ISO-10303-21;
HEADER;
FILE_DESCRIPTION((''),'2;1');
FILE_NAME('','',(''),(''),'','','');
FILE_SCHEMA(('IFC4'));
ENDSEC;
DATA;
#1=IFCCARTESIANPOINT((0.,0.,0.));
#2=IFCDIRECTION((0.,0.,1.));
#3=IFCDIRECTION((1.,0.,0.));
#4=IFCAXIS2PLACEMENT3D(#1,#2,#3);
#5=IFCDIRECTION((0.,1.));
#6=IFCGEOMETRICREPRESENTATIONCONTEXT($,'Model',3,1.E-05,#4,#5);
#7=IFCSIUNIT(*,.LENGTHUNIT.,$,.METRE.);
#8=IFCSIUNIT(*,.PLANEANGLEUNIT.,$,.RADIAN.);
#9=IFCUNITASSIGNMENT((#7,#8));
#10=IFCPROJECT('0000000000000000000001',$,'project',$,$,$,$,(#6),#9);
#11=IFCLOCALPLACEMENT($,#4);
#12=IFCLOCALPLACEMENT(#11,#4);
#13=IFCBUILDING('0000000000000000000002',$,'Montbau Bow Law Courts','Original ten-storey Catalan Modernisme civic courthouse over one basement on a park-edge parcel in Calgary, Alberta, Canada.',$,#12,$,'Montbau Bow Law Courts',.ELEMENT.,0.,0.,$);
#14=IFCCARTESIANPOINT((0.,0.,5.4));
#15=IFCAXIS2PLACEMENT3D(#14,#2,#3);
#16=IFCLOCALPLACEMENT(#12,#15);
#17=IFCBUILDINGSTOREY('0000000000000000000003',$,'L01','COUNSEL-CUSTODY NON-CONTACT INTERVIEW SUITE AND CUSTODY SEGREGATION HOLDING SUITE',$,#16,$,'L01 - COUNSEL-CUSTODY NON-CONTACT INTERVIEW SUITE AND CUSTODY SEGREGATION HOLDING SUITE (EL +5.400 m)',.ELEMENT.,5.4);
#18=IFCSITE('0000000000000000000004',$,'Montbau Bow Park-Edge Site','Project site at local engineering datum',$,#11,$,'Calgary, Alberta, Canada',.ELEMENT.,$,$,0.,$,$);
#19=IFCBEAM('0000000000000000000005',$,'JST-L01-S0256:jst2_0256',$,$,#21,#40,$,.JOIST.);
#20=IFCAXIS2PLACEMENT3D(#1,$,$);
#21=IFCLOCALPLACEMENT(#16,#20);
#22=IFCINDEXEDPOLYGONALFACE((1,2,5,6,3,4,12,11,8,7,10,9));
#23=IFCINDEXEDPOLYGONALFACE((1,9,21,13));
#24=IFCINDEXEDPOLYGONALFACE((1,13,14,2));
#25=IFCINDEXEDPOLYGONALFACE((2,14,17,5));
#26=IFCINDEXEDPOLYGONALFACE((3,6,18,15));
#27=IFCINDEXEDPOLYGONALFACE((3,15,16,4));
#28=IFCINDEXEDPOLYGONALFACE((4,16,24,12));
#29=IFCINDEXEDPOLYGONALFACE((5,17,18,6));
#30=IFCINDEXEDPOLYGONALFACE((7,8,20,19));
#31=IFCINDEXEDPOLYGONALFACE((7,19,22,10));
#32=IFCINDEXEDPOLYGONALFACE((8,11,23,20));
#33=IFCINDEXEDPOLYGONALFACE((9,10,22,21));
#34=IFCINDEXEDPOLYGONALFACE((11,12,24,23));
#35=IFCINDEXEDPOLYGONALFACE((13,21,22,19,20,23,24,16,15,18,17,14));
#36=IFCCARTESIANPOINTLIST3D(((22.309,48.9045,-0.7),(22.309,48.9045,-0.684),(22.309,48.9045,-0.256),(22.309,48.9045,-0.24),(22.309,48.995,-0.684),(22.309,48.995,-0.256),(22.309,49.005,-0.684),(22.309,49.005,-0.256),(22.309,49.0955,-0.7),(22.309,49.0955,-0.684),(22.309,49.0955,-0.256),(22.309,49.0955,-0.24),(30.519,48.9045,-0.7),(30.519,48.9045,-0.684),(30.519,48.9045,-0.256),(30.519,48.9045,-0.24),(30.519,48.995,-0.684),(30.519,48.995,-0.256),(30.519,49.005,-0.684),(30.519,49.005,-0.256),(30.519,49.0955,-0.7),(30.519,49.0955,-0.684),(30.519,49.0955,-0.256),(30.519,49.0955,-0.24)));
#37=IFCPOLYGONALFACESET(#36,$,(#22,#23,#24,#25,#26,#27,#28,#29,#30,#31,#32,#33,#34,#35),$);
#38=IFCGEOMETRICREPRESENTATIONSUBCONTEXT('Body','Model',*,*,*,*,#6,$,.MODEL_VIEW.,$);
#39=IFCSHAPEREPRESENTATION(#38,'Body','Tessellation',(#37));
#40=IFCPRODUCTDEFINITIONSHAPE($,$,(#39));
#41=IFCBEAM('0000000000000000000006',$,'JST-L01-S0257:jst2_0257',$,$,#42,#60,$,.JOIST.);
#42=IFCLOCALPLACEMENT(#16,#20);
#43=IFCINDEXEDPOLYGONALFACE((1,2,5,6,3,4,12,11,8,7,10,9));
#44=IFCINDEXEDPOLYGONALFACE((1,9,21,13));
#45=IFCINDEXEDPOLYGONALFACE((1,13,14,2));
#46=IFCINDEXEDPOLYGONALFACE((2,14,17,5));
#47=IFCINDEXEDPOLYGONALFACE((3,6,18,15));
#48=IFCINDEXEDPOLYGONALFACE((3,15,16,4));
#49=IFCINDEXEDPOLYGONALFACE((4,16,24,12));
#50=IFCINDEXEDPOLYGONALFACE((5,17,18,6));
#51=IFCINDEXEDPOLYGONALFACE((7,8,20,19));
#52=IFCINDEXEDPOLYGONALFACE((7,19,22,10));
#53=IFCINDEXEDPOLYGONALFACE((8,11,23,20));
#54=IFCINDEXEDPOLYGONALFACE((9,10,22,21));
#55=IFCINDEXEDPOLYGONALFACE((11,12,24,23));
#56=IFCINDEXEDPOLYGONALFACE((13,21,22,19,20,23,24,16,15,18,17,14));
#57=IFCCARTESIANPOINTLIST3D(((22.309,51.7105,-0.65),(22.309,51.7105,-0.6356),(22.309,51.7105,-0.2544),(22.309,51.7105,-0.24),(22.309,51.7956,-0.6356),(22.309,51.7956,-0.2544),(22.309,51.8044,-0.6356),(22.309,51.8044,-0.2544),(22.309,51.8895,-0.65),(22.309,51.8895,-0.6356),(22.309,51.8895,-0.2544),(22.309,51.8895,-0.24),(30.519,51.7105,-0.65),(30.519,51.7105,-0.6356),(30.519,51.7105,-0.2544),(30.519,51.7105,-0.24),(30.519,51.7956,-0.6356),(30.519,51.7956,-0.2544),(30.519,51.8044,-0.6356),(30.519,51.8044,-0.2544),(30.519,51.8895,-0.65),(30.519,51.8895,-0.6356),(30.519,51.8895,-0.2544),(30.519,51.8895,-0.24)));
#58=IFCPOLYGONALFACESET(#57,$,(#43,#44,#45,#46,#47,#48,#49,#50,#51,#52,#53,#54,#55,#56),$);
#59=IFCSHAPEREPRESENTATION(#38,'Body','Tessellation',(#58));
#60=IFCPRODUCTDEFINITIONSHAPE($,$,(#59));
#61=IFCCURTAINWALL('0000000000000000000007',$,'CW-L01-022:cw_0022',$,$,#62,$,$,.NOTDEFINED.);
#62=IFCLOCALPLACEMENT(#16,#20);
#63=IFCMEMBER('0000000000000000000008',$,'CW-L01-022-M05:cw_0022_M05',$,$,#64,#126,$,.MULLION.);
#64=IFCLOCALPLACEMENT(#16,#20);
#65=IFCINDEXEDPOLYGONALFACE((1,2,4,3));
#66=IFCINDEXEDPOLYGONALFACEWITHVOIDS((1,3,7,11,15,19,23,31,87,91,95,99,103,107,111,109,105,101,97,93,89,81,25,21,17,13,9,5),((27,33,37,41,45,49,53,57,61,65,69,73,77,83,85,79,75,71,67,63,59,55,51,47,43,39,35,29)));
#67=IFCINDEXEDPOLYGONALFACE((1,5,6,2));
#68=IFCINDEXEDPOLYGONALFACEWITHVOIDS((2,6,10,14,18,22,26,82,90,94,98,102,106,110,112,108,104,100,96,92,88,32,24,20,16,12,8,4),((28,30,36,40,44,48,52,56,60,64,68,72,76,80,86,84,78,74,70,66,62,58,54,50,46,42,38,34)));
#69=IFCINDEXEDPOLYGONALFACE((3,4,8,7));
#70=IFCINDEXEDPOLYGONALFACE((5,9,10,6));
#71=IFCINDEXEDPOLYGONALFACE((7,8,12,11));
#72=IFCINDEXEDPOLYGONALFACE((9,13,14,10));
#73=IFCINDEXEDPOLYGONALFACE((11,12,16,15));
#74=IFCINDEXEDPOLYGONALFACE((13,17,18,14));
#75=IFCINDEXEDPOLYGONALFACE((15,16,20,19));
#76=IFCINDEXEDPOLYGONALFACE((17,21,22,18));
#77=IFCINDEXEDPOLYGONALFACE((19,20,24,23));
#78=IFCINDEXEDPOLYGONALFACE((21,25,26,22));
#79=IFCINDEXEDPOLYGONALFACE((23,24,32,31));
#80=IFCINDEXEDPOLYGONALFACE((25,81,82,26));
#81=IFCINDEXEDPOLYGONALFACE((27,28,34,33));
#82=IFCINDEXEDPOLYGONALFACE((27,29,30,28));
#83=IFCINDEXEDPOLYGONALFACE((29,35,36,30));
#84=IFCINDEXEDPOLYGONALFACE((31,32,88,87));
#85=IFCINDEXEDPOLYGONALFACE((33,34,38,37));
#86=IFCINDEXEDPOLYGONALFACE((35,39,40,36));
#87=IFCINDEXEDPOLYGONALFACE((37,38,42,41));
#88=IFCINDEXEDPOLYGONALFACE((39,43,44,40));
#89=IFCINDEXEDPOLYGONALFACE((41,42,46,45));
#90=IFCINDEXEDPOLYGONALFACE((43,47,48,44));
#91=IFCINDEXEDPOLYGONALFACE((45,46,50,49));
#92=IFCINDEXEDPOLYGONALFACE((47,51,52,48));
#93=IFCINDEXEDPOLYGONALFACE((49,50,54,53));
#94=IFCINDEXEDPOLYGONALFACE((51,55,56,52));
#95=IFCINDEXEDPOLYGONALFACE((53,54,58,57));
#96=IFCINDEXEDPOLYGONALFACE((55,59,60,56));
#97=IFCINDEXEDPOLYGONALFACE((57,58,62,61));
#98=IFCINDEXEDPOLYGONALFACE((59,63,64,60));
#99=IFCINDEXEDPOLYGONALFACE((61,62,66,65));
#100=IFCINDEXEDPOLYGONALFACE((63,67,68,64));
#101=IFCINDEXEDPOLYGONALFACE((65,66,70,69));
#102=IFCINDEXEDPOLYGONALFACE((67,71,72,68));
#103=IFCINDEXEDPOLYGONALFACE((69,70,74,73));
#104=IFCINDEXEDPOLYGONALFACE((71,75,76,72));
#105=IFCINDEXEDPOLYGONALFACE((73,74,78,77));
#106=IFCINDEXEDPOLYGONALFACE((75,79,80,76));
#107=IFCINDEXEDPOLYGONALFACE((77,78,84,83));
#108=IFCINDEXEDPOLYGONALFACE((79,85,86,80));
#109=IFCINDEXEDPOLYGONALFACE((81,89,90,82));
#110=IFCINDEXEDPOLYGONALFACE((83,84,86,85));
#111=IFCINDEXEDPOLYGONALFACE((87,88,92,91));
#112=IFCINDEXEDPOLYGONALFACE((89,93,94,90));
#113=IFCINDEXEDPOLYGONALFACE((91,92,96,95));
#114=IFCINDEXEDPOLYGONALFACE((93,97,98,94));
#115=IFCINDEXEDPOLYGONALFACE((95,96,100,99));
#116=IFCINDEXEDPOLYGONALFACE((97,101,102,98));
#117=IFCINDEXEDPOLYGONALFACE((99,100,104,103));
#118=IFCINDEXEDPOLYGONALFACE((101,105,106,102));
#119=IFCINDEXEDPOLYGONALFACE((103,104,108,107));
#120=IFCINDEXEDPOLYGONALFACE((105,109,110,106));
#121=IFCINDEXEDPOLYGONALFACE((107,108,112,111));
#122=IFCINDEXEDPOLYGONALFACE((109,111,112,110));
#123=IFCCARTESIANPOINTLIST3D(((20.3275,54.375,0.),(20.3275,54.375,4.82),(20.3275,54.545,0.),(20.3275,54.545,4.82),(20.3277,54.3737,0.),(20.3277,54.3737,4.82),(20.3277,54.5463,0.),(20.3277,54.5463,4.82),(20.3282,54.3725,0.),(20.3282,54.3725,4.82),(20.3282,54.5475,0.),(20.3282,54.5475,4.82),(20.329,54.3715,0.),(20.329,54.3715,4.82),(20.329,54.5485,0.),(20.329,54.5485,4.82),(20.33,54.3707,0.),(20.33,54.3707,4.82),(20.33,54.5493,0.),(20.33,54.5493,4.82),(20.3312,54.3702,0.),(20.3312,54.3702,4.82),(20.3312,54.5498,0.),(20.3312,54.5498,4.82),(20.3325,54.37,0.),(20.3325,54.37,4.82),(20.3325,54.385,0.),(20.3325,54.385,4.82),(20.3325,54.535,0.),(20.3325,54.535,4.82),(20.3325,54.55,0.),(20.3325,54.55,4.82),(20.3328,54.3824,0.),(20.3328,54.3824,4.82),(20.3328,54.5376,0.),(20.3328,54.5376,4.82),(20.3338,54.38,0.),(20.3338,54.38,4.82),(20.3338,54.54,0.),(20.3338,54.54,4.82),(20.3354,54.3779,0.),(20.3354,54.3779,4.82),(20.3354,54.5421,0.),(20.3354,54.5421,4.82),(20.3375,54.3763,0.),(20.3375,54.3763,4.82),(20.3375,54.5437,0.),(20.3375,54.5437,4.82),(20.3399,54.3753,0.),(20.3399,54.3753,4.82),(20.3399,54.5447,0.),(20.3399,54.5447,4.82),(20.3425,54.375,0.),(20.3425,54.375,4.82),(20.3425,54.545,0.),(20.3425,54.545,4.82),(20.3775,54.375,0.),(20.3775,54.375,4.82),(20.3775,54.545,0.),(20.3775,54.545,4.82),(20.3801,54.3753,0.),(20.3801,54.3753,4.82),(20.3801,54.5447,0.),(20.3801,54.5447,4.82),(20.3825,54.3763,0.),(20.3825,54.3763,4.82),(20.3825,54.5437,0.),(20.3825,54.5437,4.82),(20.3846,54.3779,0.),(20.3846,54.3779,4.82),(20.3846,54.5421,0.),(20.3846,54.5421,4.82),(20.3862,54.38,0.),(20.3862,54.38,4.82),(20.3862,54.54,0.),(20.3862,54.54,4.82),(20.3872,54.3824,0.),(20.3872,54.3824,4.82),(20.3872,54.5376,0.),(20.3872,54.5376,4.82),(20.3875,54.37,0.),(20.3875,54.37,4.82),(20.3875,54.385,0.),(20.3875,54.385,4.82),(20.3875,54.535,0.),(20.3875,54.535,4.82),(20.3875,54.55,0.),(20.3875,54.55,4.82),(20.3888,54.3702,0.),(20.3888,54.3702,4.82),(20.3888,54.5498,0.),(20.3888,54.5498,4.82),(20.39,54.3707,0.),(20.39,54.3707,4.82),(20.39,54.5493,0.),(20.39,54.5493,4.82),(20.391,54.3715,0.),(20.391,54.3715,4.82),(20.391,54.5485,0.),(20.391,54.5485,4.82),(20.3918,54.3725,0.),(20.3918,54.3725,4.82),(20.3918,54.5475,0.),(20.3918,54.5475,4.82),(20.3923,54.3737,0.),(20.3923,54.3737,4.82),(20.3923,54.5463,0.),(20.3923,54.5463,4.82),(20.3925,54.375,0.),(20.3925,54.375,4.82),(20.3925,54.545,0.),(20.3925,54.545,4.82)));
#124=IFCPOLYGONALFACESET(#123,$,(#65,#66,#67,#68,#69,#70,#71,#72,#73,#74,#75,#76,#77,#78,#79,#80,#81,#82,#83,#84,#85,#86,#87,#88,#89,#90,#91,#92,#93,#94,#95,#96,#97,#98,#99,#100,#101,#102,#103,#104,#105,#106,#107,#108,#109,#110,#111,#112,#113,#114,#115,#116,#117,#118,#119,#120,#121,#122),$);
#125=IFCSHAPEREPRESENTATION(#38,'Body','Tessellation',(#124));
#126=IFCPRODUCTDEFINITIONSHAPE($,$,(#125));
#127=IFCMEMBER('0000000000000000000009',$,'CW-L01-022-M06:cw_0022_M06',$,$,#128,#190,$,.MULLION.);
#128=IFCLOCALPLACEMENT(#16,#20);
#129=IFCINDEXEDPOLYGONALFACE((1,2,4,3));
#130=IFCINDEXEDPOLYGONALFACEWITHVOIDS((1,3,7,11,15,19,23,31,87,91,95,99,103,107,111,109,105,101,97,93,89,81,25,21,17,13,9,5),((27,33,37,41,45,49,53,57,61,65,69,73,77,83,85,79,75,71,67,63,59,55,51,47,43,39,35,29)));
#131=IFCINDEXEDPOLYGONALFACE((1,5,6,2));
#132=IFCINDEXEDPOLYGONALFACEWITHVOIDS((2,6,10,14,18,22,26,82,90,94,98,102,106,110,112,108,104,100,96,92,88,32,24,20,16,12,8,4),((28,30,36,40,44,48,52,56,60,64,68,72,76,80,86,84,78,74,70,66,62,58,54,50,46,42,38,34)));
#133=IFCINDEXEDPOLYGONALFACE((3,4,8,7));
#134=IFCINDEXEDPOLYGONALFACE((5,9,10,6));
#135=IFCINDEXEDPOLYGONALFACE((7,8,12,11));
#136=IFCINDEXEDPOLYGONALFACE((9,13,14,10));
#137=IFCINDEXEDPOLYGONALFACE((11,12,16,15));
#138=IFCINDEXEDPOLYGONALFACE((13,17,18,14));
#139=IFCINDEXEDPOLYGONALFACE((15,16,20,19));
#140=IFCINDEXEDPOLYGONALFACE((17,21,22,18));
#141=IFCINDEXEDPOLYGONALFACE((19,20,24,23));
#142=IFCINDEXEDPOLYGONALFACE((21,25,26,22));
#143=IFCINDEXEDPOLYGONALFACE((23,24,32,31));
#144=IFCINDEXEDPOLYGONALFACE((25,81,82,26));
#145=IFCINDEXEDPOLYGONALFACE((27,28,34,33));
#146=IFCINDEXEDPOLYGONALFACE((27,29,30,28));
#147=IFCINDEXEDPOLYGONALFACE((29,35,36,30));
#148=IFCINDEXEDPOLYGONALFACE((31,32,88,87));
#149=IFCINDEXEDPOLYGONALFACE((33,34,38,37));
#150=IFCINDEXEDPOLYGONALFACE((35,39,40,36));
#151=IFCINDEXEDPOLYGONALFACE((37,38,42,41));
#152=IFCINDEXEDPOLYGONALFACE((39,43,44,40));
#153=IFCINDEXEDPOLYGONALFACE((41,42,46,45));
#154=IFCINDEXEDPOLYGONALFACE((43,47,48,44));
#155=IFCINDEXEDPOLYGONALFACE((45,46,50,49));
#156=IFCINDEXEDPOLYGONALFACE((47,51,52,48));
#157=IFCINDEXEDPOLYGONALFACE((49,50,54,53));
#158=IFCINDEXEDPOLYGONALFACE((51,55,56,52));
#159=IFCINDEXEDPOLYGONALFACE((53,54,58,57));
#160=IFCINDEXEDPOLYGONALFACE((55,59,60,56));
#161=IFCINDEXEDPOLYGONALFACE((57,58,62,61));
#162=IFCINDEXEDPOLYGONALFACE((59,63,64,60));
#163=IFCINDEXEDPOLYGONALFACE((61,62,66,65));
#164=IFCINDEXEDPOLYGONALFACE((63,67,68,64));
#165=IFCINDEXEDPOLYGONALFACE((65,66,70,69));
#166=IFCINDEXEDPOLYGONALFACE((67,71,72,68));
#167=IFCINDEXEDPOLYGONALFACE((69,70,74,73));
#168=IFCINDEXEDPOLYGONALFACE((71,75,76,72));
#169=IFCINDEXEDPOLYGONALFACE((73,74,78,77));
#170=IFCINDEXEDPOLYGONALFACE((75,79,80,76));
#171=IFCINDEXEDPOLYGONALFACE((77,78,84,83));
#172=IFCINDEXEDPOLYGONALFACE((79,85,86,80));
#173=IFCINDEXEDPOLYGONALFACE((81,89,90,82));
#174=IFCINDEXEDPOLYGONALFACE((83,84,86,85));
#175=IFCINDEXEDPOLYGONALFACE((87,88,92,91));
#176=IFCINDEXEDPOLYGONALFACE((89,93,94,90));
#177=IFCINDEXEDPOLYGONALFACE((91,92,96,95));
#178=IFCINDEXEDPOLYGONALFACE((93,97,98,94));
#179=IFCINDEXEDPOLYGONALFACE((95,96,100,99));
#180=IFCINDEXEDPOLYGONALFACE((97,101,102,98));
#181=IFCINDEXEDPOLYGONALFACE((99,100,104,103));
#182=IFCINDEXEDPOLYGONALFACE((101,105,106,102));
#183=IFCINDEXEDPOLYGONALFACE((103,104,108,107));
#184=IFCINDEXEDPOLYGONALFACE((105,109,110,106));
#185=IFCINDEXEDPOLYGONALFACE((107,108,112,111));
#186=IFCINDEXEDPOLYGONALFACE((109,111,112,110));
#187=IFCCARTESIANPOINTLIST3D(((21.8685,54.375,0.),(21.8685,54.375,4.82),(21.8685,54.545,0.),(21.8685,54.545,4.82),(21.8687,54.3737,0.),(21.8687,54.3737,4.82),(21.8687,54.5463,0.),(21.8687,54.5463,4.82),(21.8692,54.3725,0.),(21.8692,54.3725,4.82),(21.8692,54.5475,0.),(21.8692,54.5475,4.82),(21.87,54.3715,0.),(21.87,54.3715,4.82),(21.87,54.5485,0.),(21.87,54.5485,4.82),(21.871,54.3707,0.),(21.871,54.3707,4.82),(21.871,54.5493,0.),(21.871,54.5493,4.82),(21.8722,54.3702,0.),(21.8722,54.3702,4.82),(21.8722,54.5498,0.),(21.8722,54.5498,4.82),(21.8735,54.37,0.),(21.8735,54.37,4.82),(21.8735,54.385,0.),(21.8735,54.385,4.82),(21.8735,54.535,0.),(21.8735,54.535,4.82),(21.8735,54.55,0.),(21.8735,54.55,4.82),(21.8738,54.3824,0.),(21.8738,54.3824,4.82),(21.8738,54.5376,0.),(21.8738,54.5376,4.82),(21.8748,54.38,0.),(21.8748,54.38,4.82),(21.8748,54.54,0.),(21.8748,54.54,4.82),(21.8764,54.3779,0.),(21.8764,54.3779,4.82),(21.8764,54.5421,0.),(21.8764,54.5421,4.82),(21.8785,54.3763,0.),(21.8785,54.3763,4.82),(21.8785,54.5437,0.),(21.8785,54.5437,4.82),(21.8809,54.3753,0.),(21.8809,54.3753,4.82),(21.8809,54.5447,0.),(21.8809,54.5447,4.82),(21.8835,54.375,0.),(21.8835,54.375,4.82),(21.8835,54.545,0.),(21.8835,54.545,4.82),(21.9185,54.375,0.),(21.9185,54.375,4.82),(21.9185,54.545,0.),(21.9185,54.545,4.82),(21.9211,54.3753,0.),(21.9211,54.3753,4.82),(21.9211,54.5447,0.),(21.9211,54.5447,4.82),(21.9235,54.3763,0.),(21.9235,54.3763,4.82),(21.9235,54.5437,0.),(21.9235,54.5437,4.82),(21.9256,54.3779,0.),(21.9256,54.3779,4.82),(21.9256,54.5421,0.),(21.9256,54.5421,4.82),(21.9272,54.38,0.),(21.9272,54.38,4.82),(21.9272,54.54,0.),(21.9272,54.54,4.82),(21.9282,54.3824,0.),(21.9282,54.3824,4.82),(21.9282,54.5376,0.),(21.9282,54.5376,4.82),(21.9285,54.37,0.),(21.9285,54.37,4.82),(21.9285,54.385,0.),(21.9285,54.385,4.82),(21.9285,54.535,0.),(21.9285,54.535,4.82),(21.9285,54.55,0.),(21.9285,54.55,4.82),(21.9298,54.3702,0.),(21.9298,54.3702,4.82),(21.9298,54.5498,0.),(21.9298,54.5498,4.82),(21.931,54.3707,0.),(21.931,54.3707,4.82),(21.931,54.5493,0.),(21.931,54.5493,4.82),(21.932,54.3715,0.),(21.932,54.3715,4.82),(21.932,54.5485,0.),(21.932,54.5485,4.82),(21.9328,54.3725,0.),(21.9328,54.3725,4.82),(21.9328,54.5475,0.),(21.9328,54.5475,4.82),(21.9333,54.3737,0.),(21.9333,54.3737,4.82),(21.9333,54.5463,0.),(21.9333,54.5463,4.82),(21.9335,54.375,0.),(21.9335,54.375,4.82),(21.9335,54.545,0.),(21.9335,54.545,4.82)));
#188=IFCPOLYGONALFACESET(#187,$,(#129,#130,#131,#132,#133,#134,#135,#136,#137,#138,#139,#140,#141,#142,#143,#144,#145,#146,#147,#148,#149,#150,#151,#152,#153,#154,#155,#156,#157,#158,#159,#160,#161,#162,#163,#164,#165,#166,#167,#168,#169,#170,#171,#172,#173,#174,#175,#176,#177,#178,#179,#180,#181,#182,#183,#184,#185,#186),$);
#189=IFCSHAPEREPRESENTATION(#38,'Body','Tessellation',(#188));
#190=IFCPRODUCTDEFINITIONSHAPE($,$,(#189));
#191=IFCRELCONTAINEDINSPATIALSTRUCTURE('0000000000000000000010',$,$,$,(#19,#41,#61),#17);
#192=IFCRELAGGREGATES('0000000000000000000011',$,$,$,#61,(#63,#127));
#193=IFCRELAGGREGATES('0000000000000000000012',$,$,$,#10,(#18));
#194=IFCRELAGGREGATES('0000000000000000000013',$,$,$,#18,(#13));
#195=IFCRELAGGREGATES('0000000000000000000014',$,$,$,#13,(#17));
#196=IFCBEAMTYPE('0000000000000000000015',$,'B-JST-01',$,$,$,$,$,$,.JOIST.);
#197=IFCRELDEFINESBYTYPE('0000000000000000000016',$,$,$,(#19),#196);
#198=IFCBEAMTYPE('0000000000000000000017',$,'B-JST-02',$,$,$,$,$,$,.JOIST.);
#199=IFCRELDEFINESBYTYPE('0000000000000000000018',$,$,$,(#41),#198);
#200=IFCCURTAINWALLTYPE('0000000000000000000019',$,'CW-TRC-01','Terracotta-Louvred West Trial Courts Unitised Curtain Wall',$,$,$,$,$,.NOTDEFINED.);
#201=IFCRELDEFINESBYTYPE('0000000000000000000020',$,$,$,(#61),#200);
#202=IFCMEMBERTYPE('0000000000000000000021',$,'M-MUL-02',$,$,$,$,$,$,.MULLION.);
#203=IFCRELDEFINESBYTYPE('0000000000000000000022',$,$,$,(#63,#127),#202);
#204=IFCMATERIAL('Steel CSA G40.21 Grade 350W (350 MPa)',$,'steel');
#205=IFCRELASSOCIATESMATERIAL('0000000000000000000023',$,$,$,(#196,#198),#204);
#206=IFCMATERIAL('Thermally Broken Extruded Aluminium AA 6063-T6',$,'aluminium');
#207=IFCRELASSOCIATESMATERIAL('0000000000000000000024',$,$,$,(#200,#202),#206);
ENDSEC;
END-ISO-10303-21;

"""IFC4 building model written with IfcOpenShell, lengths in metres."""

from ifc_helpers import new_model, si_unit, direction, frame, origin_with_axes, origin_2d_with_axis, place, context, subcontext, project, spatial, hollow_rectangle, i_section, extrude, material, material_profile, profile_set, type_object, element, aggregate, save


model = new_model("IFC4")

# Units and contexts
model_context = context("Model", 3, precision=1e-05, world=origin_with_axes(), true_north=direction((0.0, 1.0)))
body_context = subcontext(model_context, "Body", "Model", "MODEL_VIEW")
ifc_project = project(units=[si_unit("LENGTHUNIT", "METRE"), si_unit("PLANEANGLEUNIT", "RADIAN")], contexts=[model_context])

# Site, building, storey
site_placement = place(None, origin_with_axes())
site = spatial("IfcSite", under=ifc_project, at=site_placement, Name="Montbau Bow Park-Edge Site", Description="Project site at local engineering datum", LongName="Calgary, Alberta, Canada", CompositionType="ELEMENT", RefElevation=0.0)
building_placement = place(site_placement, origin_with_axes())
building = spatial("IfcBuilding", under=site, at=building_placement, Name="Montbau Bow Law Courts", Description="Original ten-storey Catalan Modernisme civic courthouse over one basement on a park-edge parcel in Calgary, Alberta, Canada.", LongName="Montbau Bow Law Courts", CompositionType="ELEMENT", ElevationOfRefHeight=0.0, ElevationOfTerrain=0.0)
storey_placement = place(building_placement, frame((0.0, 0.0, 5.4), z_axis=(0.0, 0.0, 1.0), x_axis=(1.0, 0.0, 0.0)))
storey = spatial("IfcBuildingStorey", under=building, at=storey_placement, Name="L01", Description="COUNSEL-CUSTODY NON-CONTACT INTERVIEW SUITE AND CUSTODY SEGREGATION HOLDING SUITE", LongName="L01 - COUNSEL-CUSTODY NON-CONTACT INTERVIEW SUITE AND CUSTODY SEGREGATION HOLDING SUITE (EL +5.400 m)", CompositionType="ELEMENT", Elevation=5.4)

# Beams
ifc_material_1 = material(Name="Steel CSA G40.21 Grade 350W (350 MPa)", Category="steel")
ifc_material_profile_1 = material_profile(ifc_material_1, i_section(OverallWidth=0.191, OverallDepth=0.46, WebThickness=0.0099, FlangeThickness=0.016, at=origin_2d_with_axis()), Name="W460X82", Category="Main", Priority=0)
ifc_profile_set_1 = profile_set([ifc_material_profile_1], Name="Steel CSA G40.21 Grade 350W (350 MPa)")
beam_type_1 = type_object("IfcBeamType", Name="B-JST-01", PredefinedType="JOIST", material=ifc_profile_set_1)
beam_1_placement = place(None, frame((22.309, 49.0, 4.93), z_axis=(1.0, 0.0, 0.0), x_axis=(0.0, 1.0, 0.0)))
element("IfcBeam", 1, at=beam_1_placement, inside=storey, type_object=beam_type_1, Name="JST-L01-S0256:jst2_0256", PredefinedType="JOIST", context=body_context, shape_type="SweptSolid", body=[
    extrude(i_section(OverallWidth=0.191, OverallDepth=0.46, WebThickness=0.0099, FlangeThickness=0.016, at=origin_2d_with_axis()), origin_with_axes(), (0.0, 0.0, 1.0), 8.21),
])
ifc_material_profile_2 = material_profile(ifc_material_1, i_section(OverallWidth=0.179, OverallDepth=0.41, WebThickness=0.0088, FlangeThickness=0.0144, at=origin_2d_with_axis()), Name="W410X67", Category="Main", Priority=0)
ifc_profile_set_2 = profile_set([ifc_material_profile_2], Name="Steel CSA G40.21 Grade 350W (350 MPa)")
beam_type_2 = type_object("IfcBeamType", Name="B-JST-02", PredefinedType="JOIST", material=ifc_profile_set_2)
beam_2_placement = place(None, frame((22.309, 51.8, 4.955), z_axis=(1.0, 0.0, 0.0), x_axis=(0.0, 1.0, 0.0)))
element("IfcBeam", 2, at=beam_2_placement, inside=storey, type_object=beam_type_2, Name="JST-L01-S0257:jst2_0257", PredefinedType="JOIST", context=body_context, shape_type="SweptSolid", body=[
    extrude(i_section(OverallWidth=0.179, OverallDepth=0.41, WebThickness=0.0088, FlangeThickness=0.0144, at=origin_2d_with_axis()), origin_with_axes(), (0.0, 0.0, 1.0), 8.21),
])

# Curtain wall, members
ifc_material_2 = material(Name="Thermally Broken Extruded Aluminium AA 6063-T6", Category="aluminium")
curtain_wall_type = type_object("IfcCurtainWallType", Name="CW-TRC-01", Description="Terracotta-Louvred West Trial Courts Unitised Curtain Wall", PredefinedType="NOTDEFINED", material=ifc_material_2)
curtain_wall_1_placement = place(None, frame((14.068, 54.46, 5.4), z_axis=(0.0, 0.0, 1.0), x_axis=(1.0, 0.0, 0.0)))
curtain_wall_1 = element("IfcCurtainWall", 3, at=curtain_wall_1_placement, inside=storey, type_object=curtain_wall_type, Name="CW-L01-022:cw_0022", PredefinedType="NOTDEFINED")
ifc_material_profile_3 = material_profile(ifc_material_2, hollow_rectangle(XDim=0.065, YDim=0.18, WallThickness=0.005, InnerFilletRadius=0.01, OuterFilletRadius=0.005, at=origin_2d_with_axis()), Name="CWM-180X65", Category="Main", Priority=0)
ifc_profile_set_3 = profile_set([ifc_material_profile_3], Name="Thermally Broken Extruded Aluminium AA 6063-T6")
member_type_1 = type_object("IfcMemberType", Name="M-MUL-02", PredefinedType="MULLION", material=ifc_profile_set_3)
member_1_placement = place(None, frame((20.36, 54.46, 5.4), z_axis=(0.0, 0.0, 1.0), x_axis=(1.0, 0.0, 0.0)))
member_1 = element("IfcMember", 4, at=member_1_placement, type_object=member_type_1, Name="CW-L01-022-M05:cw_0022_M05", PredefinedType="MULLION", context=body_context, shape_type="SweptSolid", body=[
    extrude(hollow_rectangle(XDim=0.065, YDim=0.18, WallThickness=0.005, InnerFilletRadius=0.01, OuterFilletRadius=0.005, at=origin_2d_with_axis()), origin_with_axes(), (0.0, 0.0, 1.0), 4.82),
])
member_2_placement = place(None, frame((21.901, 54.46, 5.4), z_axis=(0.0, 0.0, 1.0), x_axis=(1.0, 0.0, 0.0)))
member_2 = element("IfcMember", 5, at=member_2_placement, type_object=member_type_1, Name="CW-L01-022-M06:cw_0022_M06", PredefinedType="MULLION", context=body_context, shape_type="SweptSolid", body=[
    extrude(hollow_rectangle(XDim=0.065, YDim=0.18, WallThickness=0.005, InnerFilletRadius=0.01, OuterFilletRadius=0.005, at=origin_2d_with_axis()), origin_with_axes(), (0.0, 0.0, 1.0), 4.82),
])

aggregate(curtain_wall_1, [member_1, member_2])

save(model, "model.ifc")
